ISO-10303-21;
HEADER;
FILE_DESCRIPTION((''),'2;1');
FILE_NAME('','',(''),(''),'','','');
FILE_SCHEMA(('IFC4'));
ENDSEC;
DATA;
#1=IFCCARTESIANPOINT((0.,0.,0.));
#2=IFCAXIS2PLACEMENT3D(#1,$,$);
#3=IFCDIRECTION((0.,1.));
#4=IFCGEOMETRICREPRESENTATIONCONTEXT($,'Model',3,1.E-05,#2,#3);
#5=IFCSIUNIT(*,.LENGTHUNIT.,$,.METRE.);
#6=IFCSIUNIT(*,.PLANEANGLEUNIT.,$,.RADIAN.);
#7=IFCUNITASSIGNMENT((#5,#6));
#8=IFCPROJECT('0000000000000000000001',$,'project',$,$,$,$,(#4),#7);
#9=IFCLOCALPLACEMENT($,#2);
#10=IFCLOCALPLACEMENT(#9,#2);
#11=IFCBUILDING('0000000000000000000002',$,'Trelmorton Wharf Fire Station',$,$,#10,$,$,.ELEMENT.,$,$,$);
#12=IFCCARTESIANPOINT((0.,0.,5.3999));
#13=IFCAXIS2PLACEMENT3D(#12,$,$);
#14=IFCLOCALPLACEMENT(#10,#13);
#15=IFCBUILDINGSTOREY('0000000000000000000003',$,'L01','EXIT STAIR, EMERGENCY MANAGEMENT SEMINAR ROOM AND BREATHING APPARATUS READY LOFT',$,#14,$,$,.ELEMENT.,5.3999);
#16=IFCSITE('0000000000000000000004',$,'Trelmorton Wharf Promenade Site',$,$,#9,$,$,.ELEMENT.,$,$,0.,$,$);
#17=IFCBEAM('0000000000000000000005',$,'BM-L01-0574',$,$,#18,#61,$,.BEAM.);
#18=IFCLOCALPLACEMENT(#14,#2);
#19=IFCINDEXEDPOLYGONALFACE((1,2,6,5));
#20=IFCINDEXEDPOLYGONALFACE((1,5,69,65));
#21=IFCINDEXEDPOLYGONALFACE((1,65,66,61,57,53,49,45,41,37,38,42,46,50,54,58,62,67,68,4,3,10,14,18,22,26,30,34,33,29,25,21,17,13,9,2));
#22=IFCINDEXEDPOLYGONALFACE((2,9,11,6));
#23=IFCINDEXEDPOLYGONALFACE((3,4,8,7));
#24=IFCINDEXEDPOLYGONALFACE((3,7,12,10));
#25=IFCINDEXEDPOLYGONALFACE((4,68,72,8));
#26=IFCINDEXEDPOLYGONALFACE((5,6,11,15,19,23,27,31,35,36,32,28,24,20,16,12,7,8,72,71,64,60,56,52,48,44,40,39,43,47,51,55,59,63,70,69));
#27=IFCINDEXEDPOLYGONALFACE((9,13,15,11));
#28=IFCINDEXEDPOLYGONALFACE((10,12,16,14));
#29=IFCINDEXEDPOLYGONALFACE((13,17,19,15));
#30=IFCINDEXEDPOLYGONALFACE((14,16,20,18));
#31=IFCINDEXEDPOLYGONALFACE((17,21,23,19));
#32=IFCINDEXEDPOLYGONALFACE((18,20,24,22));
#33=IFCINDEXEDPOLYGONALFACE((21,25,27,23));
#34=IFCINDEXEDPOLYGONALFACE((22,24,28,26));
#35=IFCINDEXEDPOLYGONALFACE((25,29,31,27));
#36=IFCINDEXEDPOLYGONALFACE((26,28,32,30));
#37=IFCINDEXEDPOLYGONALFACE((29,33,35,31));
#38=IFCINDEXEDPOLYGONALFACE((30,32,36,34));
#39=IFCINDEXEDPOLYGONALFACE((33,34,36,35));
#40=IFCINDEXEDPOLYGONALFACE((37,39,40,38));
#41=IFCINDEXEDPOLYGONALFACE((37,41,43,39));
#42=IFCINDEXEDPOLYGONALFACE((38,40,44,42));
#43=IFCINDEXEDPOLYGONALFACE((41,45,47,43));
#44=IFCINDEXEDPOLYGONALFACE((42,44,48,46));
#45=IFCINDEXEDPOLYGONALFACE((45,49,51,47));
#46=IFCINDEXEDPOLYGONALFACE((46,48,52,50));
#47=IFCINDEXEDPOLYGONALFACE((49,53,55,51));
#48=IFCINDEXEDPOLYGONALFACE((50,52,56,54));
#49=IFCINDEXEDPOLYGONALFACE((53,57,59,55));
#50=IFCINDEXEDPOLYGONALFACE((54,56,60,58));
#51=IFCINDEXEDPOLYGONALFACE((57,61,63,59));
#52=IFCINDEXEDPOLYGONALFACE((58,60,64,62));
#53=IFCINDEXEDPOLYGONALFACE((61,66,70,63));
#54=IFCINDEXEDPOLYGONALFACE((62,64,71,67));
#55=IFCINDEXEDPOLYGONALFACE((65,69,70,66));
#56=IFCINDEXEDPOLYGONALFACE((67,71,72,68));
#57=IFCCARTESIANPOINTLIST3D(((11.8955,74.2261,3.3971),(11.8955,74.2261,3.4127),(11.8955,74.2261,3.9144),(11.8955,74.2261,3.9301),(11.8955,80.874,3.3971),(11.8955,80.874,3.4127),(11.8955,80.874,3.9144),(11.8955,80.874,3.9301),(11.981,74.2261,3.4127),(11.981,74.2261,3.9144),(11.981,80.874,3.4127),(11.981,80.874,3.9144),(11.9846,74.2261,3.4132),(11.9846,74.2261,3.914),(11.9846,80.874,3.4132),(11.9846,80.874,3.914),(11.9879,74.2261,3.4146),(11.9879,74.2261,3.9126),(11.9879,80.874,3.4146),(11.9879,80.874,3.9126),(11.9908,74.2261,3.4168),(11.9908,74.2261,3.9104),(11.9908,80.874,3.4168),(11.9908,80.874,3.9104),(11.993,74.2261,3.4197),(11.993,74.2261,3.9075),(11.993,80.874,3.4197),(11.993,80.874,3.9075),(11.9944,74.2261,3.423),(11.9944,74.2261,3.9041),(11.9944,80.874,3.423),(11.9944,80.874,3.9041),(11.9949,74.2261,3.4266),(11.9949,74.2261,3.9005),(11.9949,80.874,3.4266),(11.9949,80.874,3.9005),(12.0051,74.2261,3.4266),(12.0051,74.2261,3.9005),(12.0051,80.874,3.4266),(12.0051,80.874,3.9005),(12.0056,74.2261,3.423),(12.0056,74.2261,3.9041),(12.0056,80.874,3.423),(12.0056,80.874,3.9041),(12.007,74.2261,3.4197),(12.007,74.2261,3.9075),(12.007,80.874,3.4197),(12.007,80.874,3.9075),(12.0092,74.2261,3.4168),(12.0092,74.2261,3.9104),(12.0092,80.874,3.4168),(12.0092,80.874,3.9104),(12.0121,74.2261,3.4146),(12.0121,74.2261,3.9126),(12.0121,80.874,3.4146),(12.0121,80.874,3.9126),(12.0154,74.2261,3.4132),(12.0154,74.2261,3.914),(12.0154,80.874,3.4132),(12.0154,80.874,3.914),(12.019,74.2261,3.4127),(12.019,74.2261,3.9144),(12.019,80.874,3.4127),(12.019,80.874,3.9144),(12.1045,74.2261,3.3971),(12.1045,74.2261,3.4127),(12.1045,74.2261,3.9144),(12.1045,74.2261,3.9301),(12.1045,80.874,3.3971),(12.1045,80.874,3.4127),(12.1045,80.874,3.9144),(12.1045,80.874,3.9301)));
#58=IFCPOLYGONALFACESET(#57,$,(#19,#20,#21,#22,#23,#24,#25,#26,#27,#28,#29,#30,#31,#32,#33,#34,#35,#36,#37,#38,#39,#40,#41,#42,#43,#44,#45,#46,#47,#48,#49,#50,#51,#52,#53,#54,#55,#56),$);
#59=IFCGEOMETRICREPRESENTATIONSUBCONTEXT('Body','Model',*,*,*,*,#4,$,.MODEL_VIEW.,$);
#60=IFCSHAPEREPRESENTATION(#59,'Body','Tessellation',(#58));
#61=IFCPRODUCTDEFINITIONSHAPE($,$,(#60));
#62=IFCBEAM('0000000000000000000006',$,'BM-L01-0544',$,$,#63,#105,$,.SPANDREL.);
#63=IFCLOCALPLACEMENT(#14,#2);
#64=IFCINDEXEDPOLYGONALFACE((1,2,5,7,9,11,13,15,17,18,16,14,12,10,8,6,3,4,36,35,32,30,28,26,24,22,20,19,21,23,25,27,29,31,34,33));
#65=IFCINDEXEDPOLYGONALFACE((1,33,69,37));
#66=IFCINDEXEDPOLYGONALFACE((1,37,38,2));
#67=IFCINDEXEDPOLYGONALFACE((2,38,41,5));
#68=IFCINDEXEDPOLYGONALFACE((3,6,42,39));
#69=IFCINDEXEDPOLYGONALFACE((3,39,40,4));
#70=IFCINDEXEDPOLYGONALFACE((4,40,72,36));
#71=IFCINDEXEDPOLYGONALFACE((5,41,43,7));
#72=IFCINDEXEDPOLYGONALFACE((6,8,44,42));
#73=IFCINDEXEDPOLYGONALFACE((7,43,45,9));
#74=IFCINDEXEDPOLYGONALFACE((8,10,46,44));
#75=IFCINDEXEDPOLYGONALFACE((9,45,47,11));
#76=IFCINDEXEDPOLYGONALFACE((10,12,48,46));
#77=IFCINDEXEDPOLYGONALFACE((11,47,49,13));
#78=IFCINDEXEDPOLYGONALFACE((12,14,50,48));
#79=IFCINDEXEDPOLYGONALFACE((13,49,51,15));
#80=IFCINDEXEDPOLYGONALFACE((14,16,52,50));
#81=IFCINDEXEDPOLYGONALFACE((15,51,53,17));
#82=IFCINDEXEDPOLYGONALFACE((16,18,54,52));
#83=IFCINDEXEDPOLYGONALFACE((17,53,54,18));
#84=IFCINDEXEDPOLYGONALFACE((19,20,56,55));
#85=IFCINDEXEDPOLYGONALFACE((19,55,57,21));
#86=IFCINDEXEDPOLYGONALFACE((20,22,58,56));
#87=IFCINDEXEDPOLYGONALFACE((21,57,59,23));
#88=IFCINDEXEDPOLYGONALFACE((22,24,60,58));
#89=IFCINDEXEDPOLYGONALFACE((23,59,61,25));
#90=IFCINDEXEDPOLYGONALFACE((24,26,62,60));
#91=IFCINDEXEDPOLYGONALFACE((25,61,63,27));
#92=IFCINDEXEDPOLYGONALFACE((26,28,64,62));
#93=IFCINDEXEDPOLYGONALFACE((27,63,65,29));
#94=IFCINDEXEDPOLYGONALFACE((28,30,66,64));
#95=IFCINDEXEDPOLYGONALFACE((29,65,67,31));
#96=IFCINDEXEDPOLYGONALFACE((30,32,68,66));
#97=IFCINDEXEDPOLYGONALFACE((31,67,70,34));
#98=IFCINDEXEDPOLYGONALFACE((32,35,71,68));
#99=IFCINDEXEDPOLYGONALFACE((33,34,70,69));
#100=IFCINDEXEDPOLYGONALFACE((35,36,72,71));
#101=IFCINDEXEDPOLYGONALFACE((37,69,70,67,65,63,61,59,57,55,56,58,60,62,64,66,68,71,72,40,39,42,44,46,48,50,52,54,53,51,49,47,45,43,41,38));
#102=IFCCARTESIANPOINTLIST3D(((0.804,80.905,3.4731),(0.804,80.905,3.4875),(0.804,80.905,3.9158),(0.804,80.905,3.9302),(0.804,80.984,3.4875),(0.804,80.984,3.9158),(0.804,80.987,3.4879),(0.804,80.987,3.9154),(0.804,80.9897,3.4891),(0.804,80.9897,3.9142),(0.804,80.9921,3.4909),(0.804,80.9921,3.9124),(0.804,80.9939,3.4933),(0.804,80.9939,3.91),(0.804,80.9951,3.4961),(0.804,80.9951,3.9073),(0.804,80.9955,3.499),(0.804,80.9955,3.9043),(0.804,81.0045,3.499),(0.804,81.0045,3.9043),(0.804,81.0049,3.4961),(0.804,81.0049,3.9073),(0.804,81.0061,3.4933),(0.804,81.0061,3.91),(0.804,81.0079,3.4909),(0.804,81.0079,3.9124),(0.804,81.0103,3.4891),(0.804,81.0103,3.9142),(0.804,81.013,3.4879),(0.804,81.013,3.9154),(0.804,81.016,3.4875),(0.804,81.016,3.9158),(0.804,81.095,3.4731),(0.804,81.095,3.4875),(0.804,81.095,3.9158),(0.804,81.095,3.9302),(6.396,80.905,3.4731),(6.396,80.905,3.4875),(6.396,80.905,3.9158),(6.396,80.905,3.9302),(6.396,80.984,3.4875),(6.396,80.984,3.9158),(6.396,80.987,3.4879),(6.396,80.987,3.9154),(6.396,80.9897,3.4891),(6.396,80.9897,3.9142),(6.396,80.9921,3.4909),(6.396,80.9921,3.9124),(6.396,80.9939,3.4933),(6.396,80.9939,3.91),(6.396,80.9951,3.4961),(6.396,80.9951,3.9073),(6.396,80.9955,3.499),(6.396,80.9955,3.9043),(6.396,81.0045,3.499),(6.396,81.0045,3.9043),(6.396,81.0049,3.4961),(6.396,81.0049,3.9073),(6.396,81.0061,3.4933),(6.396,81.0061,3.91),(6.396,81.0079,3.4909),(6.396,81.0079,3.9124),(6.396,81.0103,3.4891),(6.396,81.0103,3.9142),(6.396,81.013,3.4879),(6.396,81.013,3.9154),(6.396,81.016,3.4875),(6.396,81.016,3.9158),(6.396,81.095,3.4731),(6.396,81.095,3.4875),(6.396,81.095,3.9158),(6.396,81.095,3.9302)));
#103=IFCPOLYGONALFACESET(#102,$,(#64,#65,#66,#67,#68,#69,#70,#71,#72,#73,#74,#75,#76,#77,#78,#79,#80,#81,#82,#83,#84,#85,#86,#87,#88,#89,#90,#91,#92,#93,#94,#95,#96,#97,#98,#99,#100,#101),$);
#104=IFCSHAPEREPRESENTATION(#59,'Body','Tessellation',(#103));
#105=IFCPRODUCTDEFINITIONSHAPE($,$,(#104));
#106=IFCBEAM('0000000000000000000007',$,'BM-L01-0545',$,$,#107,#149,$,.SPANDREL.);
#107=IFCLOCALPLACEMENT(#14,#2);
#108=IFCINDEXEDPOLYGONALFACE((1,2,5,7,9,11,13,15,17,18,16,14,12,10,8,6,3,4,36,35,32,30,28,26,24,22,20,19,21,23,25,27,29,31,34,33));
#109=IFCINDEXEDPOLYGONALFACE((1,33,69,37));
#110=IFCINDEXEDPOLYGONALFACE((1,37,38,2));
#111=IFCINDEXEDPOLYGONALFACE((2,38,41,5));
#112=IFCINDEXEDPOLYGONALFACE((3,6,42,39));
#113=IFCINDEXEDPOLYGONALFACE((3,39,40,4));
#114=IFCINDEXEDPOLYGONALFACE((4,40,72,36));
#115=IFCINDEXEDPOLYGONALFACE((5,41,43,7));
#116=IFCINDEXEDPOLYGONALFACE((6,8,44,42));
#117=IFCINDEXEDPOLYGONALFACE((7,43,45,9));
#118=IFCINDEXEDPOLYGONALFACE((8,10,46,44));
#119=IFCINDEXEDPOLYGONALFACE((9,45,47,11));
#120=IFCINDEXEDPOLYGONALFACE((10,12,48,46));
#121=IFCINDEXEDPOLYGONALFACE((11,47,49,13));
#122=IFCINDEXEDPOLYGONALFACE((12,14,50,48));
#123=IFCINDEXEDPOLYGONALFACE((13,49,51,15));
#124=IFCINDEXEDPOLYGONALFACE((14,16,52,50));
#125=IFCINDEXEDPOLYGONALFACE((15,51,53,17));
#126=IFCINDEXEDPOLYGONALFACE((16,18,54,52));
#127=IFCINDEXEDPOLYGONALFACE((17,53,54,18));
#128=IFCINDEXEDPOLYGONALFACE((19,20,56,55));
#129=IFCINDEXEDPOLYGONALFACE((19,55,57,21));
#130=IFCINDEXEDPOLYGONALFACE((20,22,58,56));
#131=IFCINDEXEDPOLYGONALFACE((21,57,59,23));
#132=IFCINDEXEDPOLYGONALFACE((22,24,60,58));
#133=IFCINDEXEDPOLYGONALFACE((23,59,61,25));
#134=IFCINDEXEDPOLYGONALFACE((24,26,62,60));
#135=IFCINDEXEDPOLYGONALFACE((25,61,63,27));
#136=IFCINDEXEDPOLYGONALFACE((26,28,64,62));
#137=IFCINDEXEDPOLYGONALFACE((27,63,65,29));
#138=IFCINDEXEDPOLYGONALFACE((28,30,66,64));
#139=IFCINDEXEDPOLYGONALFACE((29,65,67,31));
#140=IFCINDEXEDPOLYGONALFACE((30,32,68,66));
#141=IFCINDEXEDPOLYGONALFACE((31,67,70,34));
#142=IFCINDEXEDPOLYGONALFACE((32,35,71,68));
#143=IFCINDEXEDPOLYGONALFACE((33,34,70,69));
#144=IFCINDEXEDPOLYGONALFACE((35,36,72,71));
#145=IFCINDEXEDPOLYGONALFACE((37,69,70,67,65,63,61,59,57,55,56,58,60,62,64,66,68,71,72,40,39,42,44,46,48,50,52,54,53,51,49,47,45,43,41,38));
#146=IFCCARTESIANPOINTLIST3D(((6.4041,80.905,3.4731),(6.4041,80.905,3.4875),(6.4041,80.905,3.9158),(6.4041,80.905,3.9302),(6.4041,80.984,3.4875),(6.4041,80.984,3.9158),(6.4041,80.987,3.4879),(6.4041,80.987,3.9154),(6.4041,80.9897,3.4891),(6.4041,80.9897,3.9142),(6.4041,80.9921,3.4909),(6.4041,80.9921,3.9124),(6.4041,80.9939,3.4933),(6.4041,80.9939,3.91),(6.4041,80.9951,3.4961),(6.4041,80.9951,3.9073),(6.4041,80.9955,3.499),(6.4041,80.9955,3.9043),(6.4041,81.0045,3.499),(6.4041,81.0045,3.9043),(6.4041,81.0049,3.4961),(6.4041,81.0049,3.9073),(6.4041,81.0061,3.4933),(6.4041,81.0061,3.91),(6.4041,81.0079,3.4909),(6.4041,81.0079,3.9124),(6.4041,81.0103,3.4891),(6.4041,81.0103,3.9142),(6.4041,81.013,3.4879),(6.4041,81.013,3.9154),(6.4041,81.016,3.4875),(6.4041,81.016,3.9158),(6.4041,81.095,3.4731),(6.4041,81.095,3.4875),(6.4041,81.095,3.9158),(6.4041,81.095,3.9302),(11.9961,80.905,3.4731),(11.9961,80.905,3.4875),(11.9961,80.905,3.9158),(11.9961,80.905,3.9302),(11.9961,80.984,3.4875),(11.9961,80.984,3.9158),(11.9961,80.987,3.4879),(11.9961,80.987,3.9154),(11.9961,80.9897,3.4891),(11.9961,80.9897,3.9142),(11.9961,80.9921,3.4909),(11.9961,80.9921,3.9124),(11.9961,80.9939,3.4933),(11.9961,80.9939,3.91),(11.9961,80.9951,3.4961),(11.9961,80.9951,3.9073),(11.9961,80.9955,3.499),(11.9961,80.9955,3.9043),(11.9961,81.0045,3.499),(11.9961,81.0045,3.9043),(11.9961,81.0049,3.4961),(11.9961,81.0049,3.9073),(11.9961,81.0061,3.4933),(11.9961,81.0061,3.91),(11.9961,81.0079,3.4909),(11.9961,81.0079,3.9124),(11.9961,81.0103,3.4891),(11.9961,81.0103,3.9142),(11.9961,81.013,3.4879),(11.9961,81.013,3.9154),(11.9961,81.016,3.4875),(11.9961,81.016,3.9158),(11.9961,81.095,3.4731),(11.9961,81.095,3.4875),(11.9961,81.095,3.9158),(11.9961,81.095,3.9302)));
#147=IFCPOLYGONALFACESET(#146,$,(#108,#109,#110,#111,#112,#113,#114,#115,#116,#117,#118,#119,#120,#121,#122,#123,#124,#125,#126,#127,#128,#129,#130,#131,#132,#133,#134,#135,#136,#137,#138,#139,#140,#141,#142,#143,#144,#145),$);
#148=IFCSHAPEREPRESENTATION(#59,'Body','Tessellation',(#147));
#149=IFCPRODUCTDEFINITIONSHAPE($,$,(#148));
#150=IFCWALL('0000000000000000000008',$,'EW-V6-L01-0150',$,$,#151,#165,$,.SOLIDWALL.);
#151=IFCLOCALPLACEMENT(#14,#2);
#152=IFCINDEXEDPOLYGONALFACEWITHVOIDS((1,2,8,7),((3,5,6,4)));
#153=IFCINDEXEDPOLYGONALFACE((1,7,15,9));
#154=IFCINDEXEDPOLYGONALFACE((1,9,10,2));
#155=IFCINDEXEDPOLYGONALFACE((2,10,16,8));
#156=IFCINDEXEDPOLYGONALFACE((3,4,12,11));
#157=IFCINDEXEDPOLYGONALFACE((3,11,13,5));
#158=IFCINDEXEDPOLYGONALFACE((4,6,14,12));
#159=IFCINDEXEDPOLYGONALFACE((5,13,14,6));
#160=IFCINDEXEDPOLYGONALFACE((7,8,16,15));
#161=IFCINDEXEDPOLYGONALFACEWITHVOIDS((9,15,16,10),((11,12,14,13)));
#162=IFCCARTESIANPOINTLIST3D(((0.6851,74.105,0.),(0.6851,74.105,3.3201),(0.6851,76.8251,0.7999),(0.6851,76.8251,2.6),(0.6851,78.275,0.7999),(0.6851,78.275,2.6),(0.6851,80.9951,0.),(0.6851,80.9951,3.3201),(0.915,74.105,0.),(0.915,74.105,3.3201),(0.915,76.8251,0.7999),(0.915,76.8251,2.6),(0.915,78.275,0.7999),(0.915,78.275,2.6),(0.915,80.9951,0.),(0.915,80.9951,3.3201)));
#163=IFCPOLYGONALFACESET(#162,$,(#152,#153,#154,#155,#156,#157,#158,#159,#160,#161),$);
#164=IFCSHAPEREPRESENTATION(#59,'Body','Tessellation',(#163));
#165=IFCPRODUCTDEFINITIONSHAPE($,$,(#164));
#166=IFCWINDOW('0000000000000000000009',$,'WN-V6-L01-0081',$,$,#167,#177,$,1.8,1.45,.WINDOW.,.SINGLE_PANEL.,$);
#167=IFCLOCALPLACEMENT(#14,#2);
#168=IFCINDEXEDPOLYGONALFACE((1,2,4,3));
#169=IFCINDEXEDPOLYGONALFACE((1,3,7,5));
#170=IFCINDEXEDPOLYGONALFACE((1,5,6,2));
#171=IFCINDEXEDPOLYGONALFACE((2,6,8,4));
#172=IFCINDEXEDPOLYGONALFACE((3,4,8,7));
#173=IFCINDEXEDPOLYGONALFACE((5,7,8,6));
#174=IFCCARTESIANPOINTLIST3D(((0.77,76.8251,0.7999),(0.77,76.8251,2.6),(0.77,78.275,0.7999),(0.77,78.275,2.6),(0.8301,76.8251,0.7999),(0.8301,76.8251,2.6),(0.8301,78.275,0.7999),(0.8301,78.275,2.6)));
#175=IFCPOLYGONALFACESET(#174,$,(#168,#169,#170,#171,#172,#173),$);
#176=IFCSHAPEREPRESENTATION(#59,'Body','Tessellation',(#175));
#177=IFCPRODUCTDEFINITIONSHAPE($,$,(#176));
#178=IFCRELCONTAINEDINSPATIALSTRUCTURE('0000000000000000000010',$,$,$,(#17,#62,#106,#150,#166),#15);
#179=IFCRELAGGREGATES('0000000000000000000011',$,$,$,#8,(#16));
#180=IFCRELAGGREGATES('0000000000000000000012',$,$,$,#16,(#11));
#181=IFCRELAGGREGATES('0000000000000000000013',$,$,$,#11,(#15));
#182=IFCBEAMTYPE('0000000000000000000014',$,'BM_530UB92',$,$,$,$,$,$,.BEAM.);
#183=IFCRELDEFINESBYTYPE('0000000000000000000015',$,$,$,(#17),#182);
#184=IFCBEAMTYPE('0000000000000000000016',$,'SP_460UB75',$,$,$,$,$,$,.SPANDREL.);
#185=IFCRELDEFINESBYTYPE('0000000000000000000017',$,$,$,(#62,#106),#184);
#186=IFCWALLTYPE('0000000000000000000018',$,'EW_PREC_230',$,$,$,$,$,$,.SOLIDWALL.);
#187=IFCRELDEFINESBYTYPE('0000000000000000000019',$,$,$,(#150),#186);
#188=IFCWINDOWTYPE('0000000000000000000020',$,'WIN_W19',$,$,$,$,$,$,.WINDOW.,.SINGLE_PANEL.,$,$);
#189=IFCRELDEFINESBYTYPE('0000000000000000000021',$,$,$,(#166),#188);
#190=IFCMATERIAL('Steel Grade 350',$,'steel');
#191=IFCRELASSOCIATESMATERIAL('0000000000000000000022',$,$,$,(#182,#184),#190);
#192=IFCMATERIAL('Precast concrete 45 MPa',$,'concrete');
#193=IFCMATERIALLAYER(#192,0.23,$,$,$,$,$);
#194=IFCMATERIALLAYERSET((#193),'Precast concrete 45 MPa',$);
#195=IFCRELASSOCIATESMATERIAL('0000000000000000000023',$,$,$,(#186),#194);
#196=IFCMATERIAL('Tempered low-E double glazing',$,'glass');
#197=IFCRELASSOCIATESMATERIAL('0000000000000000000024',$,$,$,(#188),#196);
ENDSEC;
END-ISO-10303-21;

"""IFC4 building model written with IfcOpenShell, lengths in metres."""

from ifc_helpers import new_model, si_unit, direction, frame, frame_2d, origin, origin_2d, place, context, subcontext, project, spatial, rectangle, i_section, extrude, material, layer, layer_set, material_profile, profile_set, type_object, element, fill, save


model = new_model("IFC4")

# Units and contexts
model_context = context("Model", 3, precision=1e-05, world=origin(), true_north=direction((0.0, 1.0)))
body_context = subcontext(model_context, "Body", "Model", "MODEL_VIEW")
ifc_project = project(units=[si_unit("LENGTHUNIT", "METRE"), si_unit("PLANEANGLEUNIT", "RADIAN")], contexts=[model_context])

# Site, building, storey
site_placement = place(None, origin())
site = spatial("IfcSite", under=ifc_project, at=site_placement, Name="Trelmorton Wharf Promenade Site", CompositionType="ELEMENT", RefElevation=0.0)
building_placement = place(site_placement, origin())
building = spatial("IfcBuilding", under=site, at=building_placement, Name="Trelmorton Wharf Fire Station", CompositionType="ELEMENT")
storey_placement = place(building_placement, frame((0.0, 0.0, 5.3999)))
storey = spatial("IfcBuildingStorey", under=building, at=storey_placement, Name="L01", Description="EXIT STAIR, EMERGENCY MANAGEMENT SEMINAR ROOM AND BREATHING APPARATUS READY LOFT", CompositionType="ELEMENT", Elevation=5.3999)

# Shared definitions
ifc_material_1 = material(Name="Steel Grade 350", Category="steel")

# Beams
ifc_material_profile_1 = material_profile(ifc_material_1, i_section(OverallWidth=0.209, OverallDepth=0.533, WebThickness=0.0103, FlangeThickness=0.0156, FilletRadius=0.0139, at=origin_2d()), Name="530UB92.4")
ifc_profile_set_1 = profile_set([ifc_material_profile_1], Name="Steel Grade 350")
beam_type_1 = type_object("IfcBeamType", Name="BM_530UB92", PredefinedType="BEAM", material=ifc_profile_set_1)
for number, where, z_axis, x_axis, name in (
    (1, (12.0, 74.2261, 3.6636), (0.0, 1.0, 0.0), (-1.0, 0.0, 0.0), "BM-L01-0574"),
):
    element("IfcBeam", number, at=place(storey_placement, frame(where, z_axis=z_axis, x_axis=x_axis)), inside=storey, type_object=beam_type_1, Name=name, PredefinedType="BEAM", context=body_context, shape_type="SweptSolid", body=[
        extrude(i_section(OverallWidth=0.209, OverallDepth=0.533, WebThickness=0.0103, FlangeThickness=0.0156, FilletRadius=0.0139, at=origin_2d()), origin(), (0.0, 0.0, 1.0), 6.6479),
    ])
ifc_material_profile_2 = material_profile(ifc_material_1, i_section(OverallWidth=0.1899, OverallDepth=0.457, WebThickness=0.009, FlangeThickness=0.0144, FilletRadius=0.0115, at=origin_2d()), Name="460UB74.6")
ifc_profile_set_2 = profile_set([ifc_material_profile_2], Name="Steel Grade 350")
beam_type_2 = type_object("IfcBeamType", Name="SP_460UB75", PredefinedType="SPANDREL", material=ifc_profile_set_2)
for number, where, z_axis, x_axis, name in (
    (2, (0.804, 81.0, 3.7017), (1.0, 0.0, 0.0), (0.0, 1.0, 0.0), "BM-L01-0544"),
    (3, (6.4041, 81.0, 3.7017), (1.0, 0.0, 0.0), (0.0, 1.0, 0.0), "BM-L01-0545"),
):
    element("IfcBeam", number, at=place(storey_placement, frame(where, z_axis=z_axis, x_axis=x_axis)), inside=storey, type_object=beam_type_2, Name=name, PredefinedType="SPANDREL", context=body_context, shape_type="SweptSolid", body=[
        extrude(i_section(OverallWidth=0.1899, OverallDepth=0.457, WebThickness=0.009, FlangeThickness=0.0144, FilletRadius=0.0115, at=origin_2d()), origin(), (0.0, 0.0, 1.0), 5.592),
    ])

# Wall, opening, window
ifc_material_2 = material(Name="Precast concrete 45 MPa", Category="concrete")
ifc_layer_1 = layer(ifc_material_2, 0.23)
ifc_layer_set_1 = layer_set([ifc_layer_1], Name="Precast concrete 45 MPa")
wall_type_1 = type_object("IfcWallType", Name="EW_PREC_230", PredefinedType="SOLIDWALL", material=ifc_layer_set_1)
wall_1_placement = place(storey_placement, frame((0.8, 74.105, 0.0), z_axis=(0.0, 0.0, 1.0), x_axis=(0.0, 1.0, 0.0)))
wall_1 = element("IfcWall", 4, at=wall_1_placement, inside=storey, type_object=wall_type_1, Name="EW-V6-L01-0150", PredefinedType="SOLIDWALL", context=body_context, shape_type="SweptSolid", body=[
    extrude(rectangle(XDim=6.8901, YDim=0.23, at=frame_2d((3.4451, 0.0))), origin(), (0.0, 0.0, 1.0), 3.3201),
])
opening_1_placement = place(wall_1_placement, frame((2.72, 0.0, 0.8)))
opening_1 = element("IfcOpeningElement", 5, at=opening_1_placement, cuts=wall_1, PredefinedType="OPENING", context=body_context, shape_type="SweptSolid", body=[
    extrude(rectangle(XDim=1.45, YDim=1.8, at=frame_2d((0.7251, 0.8999))), frame((0.0, 0.125, 0.0), z_axis=(0.0, -1.0, 0.0), x_axis=(1.0, 0.0, 0.0)), (0.0, 0.0, 1.0), 0.25),
])
ifc_material_3 = material(Name="Tempered low-E double glazing", Category="glass")
window_type_1 = type_object("IfcWindowType", Name="WIN_W19", PartitioningType="SINGLE_PANEL", PredefinedType="WINDOW", material=ifc_material_3)
window_1_placement = place(opening_1_placement, origin())
window_1 = element("IfcWindow", 6, at=window_1_placement, inside=storey, type_object=window_type_1, Name="WN-V6-L01-0081", OverallHeight=1.8, OverallWidth=1.45, PartitioningType="SINGLE_PANEL", PredefinedType="WINDOW", context=body_context, shape_type="SweptSolid", body=[
    extrude(rectangle(XDim=1.45, YDim=1.8, at=frame_2d((0.7251, 0.8999))), frame((0.0, 0.03, 0.0), z_axis=(0.0, -1.0, 0.0), x_axis=(1.0, 0.0, 0.0)), (0.0, 0.0, 1.0), 0.0601),
])
fill(opening_1, window_1)

save(model, "model.ifc")
